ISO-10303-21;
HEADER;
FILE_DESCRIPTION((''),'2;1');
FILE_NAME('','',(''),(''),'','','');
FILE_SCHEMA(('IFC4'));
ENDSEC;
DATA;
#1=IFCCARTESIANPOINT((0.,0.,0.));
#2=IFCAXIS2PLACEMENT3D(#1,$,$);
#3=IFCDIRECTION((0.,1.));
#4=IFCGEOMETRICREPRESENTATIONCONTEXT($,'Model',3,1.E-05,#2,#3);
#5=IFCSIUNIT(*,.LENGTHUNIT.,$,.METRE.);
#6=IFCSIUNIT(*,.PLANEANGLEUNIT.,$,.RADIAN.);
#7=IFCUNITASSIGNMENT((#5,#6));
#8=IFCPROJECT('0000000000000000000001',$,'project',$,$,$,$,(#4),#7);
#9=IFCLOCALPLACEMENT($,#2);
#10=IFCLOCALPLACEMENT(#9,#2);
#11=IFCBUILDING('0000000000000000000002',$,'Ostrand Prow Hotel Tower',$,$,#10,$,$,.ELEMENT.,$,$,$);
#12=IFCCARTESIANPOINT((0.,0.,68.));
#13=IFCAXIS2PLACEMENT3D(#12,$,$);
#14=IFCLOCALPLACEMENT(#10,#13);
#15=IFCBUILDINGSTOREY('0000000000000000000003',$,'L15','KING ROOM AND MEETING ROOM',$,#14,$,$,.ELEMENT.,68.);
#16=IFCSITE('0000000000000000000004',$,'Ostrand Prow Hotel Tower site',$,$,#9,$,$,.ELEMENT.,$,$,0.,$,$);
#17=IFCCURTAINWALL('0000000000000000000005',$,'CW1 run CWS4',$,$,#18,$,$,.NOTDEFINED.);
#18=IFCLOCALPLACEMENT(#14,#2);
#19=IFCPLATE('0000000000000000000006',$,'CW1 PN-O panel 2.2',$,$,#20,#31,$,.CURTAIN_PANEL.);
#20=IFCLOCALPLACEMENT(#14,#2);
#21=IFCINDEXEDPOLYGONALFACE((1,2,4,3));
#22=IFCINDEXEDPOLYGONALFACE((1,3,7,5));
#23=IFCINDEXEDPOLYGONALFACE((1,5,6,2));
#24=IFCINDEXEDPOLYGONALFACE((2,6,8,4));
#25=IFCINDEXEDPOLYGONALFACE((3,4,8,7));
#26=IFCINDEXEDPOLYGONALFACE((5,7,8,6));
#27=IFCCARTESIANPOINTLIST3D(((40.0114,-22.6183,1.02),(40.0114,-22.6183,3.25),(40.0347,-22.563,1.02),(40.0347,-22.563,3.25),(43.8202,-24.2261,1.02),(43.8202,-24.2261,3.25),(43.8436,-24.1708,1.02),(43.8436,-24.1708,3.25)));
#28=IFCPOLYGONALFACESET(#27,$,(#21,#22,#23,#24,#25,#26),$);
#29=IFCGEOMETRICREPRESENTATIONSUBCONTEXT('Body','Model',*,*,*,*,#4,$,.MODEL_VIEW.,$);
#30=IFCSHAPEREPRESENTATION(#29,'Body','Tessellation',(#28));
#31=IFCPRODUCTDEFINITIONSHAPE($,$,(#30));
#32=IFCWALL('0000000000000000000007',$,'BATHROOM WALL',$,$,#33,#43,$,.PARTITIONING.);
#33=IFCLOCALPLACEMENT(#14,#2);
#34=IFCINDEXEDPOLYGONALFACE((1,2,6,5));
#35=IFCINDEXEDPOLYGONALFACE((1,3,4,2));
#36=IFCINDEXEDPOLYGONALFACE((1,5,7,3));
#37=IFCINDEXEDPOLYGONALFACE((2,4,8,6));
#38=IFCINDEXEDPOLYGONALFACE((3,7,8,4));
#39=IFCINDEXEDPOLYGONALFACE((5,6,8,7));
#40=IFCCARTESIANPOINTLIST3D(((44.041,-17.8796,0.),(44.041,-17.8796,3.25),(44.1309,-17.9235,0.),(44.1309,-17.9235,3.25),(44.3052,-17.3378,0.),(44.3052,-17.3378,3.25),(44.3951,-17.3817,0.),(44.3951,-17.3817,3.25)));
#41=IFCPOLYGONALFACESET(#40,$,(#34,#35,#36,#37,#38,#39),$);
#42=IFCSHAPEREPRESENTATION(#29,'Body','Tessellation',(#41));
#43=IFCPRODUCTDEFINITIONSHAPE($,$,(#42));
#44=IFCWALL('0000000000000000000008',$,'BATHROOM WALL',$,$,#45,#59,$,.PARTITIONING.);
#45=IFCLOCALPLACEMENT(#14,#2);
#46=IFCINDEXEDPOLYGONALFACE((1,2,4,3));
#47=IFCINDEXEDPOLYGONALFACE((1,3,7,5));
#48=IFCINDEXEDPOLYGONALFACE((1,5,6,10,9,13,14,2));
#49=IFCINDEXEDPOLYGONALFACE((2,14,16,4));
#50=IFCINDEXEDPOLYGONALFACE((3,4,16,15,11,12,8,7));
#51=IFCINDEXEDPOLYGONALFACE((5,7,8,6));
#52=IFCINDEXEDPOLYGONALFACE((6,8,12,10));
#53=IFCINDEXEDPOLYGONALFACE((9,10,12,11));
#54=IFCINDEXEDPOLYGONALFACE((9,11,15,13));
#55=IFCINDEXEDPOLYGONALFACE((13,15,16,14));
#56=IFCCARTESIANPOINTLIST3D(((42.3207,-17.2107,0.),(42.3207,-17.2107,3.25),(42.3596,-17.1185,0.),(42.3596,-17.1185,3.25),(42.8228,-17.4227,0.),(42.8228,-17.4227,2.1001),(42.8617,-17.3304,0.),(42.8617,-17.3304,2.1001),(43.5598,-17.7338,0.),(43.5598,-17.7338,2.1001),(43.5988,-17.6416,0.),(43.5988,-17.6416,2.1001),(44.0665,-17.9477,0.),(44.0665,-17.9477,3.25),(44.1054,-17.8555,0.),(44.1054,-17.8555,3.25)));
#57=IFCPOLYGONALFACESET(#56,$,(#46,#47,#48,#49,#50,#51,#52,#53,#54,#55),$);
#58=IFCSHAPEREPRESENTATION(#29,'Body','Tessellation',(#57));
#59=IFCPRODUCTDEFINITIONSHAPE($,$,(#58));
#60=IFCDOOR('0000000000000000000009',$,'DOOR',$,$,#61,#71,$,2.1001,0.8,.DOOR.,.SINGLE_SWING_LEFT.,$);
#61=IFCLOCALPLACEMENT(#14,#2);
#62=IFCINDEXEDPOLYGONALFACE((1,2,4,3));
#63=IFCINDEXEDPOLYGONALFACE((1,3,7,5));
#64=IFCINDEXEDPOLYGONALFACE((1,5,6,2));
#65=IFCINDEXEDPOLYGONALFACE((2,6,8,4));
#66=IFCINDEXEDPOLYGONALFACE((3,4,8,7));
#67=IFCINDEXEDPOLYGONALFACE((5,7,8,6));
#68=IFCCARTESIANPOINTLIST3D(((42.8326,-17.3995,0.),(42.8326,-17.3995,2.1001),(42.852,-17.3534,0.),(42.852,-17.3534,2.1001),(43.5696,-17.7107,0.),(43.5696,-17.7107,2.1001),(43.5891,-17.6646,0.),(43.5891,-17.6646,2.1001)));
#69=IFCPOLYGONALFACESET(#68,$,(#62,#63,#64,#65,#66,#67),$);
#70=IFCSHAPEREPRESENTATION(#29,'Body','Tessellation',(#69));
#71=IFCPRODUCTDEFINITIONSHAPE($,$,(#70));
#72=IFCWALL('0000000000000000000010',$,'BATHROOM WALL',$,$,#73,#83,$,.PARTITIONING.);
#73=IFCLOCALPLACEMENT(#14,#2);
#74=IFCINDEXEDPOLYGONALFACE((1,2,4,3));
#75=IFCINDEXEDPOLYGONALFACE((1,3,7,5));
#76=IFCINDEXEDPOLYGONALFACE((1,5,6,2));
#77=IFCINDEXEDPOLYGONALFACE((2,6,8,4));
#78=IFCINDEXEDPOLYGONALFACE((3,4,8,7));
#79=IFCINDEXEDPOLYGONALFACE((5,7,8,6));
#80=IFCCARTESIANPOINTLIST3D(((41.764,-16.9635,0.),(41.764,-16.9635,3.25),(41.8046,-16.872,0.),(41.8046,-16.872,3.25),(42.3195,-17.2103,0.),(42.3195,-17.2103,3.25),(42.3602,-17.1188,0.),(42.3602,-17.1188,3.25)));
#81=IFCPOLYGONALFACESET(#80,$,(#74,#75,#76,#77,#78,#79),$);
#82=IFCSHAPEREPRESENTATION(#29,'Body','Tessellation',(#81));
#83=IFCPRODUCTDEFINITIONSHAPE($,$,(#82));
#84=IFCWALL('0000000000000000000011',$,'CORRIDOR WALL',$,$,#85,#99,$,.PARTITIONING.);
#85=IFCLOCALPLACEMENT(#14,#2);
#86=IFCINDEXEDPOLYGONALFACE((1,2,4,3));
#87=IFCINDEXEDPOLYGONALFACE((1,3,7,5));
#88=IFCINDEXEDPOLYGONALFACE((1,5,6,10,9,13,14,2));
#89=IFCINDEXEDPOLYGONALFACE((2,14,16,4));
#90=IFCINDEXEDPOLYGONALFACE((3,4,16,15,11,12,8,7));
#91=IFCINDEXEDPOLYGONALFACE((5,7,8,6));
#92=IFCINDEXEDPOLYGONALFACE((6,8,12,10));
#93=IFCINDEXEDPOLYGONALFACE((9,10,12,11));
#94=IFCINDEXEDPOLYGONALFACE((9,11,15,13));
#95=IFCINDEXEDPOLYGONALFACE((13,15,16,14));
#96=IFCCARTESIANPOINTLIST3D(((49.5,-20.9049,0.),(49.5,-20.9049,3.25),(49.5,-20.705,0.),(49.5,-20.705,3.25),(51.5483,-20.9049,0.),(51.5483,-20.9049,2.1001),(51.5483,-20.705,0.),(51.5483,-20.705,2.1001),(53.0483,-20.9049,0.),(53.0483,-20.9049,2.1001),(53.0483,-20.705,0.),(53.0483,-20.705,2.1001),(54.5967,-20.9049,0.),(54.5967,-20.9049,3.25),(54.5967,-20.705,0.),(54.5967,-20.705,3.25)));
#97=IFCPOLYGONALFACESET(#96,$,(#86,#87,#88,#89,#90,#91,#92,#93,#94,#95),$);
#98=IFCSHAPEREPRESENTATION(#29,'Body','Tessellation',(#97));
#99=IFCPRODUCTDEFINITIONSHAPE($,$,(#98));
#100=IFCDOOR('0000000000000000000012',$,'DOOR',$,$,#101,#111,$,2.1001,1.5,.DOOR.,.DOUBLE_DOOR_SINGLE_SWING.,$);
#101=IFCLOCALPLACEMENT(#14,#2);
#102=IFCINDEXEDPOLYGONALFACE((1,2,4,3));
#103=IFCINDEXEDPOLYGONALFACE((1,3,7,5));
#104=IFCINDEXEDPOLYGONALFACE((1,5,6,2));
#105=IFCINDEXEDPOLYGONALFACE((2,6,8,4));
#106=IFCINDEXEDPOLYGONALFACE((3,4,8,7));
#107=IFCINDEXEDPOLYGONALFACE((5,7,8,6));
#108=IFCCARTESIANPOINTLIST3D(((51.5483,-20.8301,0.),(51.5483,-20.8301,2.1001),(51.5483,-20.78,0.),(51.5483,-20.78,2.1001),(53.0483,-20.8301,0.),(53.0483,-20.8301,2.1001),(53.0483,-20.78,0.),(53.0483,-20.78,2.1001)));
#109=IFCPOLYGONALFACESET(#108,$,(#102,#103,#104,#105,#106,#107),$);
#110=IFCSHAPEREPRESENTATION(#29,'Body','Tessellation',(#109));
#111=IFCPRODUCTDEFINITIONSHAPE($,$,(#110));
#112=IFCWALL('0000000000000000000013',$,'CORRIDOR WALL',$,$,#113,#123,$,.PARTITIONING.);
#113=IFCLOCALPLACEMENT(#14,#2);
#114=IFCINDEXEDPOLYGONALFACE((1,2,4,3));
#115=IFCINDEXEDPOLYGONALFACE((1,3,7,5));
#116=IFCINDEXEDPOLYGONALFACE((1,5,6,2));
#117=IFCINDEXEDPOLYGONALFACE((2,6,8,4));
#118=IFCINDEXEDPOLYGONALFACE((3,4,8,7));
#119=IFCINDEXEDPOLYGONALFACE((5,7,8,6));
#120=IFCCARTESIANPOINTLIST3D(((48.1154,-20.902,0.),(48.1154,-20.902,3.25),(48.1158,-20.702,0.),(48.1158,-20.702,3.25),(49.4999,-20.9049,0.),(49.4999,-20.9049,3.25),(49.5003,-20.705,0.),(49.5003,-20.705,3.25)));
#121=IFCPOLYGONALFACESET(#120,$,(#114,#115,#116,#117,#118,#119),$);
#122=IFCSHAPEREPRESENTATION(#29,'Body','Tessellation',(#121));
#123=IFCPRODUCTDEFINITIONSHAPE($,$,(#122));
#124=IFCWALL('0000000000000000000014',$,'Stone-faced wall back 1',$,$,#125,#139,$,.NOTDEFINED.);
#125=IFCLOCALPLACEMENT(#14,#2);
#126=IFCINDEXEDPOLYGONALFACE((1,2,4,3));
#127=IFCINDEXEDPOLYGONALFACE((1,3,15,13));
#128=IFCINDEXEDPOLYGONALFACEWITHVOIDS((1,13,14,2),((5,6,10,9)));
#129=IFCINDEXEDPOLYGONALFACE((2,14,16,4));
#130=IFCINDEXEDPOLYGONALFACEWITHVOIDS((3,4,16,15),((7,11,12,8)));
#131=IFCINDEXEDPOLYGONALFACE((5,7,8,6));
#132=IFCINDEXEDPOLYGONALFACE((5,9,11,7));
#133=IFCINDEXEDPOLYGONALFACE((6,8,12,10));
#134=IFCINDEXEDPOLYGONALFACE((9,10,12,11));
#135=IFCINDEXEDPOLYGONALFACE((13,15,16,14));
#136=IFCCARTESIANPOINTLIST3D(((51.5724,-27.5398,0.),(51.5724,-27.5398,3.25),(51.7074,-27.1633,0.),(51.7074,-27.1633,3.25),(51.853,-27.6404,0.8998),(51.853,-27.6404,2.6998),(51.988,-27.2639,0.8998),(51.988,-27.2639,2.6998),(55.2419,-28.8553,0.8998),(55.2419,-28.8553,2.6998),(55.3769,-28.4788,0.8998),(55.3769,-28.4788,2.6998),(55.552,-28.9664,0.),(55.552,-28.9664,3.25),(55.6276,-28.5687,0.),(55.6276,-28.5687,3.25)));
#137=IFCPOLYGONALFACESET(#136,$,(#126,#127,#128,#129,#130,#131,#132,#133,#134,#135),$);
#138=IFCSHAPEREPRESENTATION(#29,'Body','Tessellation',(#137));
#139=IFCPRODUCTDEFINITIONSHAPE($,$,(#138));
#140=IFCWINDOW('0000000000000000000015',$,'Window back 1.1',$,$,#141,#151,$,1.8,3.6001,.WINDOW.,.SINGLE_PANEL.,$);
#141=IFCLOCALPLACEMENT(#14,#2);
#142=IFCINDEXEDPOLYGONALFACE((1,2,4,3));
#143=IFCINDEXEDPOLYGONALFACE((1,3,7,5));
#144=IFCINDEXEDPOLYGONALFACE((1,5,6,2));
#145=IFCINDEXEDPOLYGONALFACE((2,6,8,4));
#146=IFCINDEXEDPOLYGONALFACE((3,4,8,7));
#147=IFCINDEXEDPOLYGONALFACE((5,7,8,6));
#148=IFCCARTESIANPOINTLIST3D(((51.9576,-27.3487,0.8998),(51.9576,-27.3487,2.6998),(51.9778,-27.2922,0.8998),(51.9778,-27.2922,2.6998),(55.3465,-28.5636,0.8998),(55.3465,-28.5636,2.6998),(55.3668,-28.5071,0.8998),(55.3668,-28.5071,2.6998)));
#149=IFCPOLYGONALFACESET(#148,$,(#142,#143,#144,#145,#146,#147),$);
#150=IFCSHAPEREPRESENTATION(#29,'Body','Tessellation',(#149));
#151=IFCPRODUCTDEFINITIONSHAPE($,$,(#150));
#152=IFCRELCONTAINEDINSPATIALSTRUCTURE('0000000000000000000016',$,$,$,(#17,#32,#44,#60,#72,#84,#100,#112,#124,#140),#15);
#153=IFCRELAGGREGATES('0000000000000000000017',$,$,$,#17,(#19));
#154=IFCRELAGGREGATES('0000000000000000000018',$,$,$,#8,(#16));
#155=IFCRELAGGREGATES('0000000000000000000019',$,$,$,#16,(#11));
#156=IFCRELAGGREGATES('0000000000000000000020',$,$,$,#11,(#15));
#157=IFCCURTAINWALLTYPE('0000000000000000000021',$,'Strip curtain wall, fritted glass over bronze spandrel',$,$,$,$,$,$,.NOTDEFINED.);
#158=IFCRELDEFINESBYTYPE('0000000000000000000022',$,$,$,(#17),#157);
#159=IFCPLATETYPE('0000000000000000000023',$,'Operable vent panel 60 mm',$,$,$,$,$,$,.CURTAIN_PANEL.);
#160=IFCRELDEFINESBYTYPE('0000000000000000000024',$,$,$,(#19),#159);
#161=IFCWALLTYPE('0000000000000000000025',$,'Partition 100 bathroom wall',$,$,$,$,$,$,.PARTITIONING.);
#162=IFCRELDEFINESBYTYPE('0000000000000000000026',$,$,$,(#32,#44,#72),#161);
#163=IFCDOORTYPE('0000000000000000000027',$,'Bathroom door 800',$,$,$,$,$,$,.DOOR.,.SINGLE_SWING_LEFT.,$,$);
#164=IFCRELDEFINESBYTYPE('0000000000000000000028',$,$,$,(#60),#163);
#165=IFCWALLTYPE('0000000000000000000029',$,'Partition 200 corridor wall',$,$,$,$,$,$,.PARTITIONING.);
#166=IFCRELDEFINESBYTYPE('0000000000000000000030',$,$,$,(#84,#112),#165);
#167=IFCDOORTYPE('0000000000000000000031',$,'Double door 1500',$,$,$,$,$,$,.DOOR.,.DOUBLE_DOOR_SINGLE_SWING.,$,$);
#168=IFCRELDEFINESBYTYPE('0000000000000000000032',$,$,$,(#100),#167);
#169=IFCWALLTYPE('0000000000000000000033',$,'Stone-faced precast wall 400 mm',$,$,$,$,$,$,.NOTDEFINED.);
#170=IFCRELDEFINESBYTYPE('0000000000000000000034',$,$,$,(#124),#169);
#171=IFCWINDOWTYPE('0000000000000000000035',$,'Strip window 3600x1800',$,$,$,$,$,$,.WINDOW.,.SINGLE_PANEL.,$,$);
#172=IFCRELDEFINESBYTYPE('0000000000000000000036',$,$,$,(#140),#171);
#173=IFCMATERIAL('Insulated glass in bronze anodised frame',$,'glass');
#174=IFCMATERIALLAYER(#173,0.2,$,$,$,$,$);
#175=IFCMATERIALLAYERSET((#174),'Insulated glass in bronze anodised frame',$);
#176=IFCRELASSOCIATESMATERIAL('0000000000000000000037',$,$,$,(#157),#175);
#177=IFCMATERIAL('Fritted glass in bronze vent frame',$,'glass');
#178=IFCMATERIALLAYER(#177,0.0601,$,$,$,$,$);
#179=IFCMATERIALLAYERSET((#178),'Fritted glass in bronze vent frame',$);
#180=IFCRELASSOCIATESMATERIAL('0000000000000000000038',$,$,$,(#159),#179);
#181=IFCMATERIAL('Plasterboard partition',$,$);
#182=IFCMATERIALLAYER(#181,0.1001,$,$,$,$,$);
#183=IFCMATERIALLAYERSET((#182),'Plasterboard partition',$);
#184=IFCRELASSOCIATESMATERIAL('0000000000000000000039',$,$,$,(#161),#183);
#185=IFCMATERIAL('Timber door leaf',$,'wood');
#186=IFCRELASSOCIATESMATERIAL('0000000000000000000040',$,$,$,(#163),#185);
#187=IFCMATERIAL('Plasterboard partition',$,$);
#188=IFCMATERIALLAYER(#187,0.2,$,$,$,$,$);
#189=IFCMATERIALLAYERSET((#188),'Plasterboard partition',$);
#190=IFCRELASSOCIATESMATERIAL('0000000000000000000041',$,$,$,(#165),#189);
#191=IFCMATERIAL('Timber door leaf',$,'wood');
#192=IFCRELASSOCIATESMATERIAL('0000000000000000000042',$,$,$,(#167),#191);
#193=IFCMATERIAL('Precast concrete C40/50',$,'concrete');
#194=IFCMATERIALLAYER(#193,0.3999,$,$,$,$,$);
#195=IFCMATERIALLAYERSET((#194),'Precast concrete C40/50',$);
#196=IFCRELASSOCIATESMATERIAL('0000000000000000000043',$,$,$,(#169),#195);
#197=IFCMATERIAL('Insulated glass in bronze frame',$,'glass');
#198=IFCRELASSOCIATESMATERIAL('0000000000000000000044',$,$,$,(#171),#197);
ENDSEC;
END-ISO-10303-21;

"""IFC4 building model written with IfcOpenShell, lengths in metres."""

from ifc_helpers import new_model, si_unit, direction, frame, frame_2d, origin, origin_2d, place, context, subcontext, project, spatial, polyline, rectangle, outline, extrude, material, layer, layer_set, type_object, element, fill, aggregate, save


model = new_model("IFC4")

# Units and contexts
model_context = context("Model", 3, precision=1e-05, world=origin(), true_north=direction((0.0, 1.0)))
body_context = subcontext(model_context, "Body", "Model", "MODEL_VIEW")
ifc_project = project(units=[si_unit("LENGTHUNIT", "METRE"), si_unit("PLANEANGLEUNIT", "RADIAN")], contexts=[model_context])

# Site, building, storey
site_placement = place(None, origin())
site = spatial("IfcSite", under=ifc_project, at=site_placement, Name="Ostrand Prow Hotel Tower site", CompositionType="ELEMENT", RefElevation=0.0)
building_placement = place(site_placement, origin())
building = spatial("IfcBuilding", under=site, at=building_placement, Name="Ostrand Prow Hotel Tower", CompositionType="ELEMENT")
storey_placement = place(building_placement, frame((0.0, 0.0, 68.0)))
storey = spatial("IfcBuildingStorey", under=building, at=storey_placement, Name="L15", Description="KING ROOM AND MEETING ROOM", CompositionType="ELEMENT", Elevation=68.0)

# Curtain wall
ifc_material_1 = material(Name="Insulated glass in bronze anodised frame", Category="glass")
ifc_layer_1 = layer(ifc_material_1, 0.2)
ifc_layer_set_1 = layer_set([ifc_layer_1], Name="Insulated glass in bronze anodised frame")
curtain_wall_type = type_object("IfcCurtainWallType", Name="Strip curtain wall, fritted glass over bronze spandrel", PredefinedType="NOTDEFINED", material=ifc_layer_set_1)
curtain_wall_1_placement = place(storey_placement, origin())
curtain_wall_1 = element("IfcCurtainWall", 1, at=curtain_wall_1_placement, inside=storey, type_object=curtain_wall_type, Name="CW1 run CWS4", PredefinedType="NOTDEFINED")

# Plate
ifc_material_2 = material(Name="Fritted glass in bronze vent frame", Category="glass")
ifc_layer_2 = layer(ifc_material_2, 0.0601)
ifc_layer_set_2 = layer_set([ifc_layer_2], Name="Fritted glass in bronze vent frame")
plate_type_1 = type_object("IfcPlateType", Name="Operable vent panel 60 mm", PredefinedType="CURTAIN_PANEL", material=ifc_layer_set_2)
plate_1_placement = place(storey_placement, frame((41.9275, -23.3945, 1.02), z_axis=(0.0, 0.0, 1.0), x_axis=(0.921283, -0.388892, 0.0)))
plate_1 = element("IfcPlate", 2, at=plate_1_placement, type_object=plate_type_1, Name="CW1 PN-O panel 2.2", PredefinedType="CURTAIN_PANEL", context=body_context, shape_type="SweptSolid", body=[
    extrude(rectangle(XDim=4.1343, YDim=0.0601, at=origin_2d()), origin(), (0.0, 0.0, 1.0), 2.23),
])
aggregate(curtain_wall_1, [plate_1])

# Wall
ifc_material_3 = material(Name="Plasterboard partition")
ifc_layer_3 = layer(ifc_material_3, 0.1001)
ifc_layer_set_3 = layer_set([ifc_layer_3], Name="Plasterboard partition")
wall_type_1 = type_object("IfcWallType", Name="Partition 100 bathroom wall", PredefinedType="PARTITIONING", material=ifc_layer_set_3)
wall_1_placement = place(storey_placement, frame((44.3501, -17.3599, 0.0), z_axis=(0.0, 0.0, 1.0), x_axis=(-0.43828, -0.898839, 0.0)))
element("IfcWall", 3, at=wall_1_placement, inside=storey, type_object=wall_type_1, Name="BATHROOM WALL", PredefinedType="PARTITIONING", context=body_context, shape_type="SweptSolid", body=[
    extrude(rectangle(XDim=0.6028, YDim=0.1001, at=frame_2d((0.3013, 0.0))), origin(), (0.0, 0.0, 1.0), 3.25),
])

# Wall, opening, door
wall_2_placement = place(storey_placement, frame((44.0859, -17.9016, 0.0), z_axis=(0.0, 0.0, 1.0), x_axis=(-0.921264, 0.388938, 0.0)))
wall_2 = element("IfcWall", 4, at=wall_2_placement, inside=storey, type_object=wall_type_1, Name="BATHROOM WALL", PredefinedType="PARTITIONING", context=body_context, shape_type="SweptSolid", body=[
    extrude(rectangle(XDim=1.895, YDim=0.1001, at=frame_2d((0.9475, 0.0))), origin(), (0.0, 0.0, 1.0), 3.25),
])
opening_1_placement = place(wall_2_placement, frame((0.55, 0.0, 0.0)))
opening_1 = element("IfcOpeningElement", 5, at=opening_1_placement, cuts=wall_2, PredefinedType="OPENING", context=body_context, shape_type="SweptSolid", body=[
    extrude(rectangle(XDim=0.8, YDim=2.1001, at=frame_2d((0.3999, 1.05))), frame((0.0, 0.0601, 0.0), z_axis=(0.0, -1.0, 0.0), x_axis=(1.0, 0.0, 0.0)), (0.0, 0.0, 1.0), 0.1201),
])
ifc_material_4 = material(Name="Timber door leaf", Category="wood")
door_type_1 = type_object("IfcDoorType", Name="Bathroom door 800", OperationType="SINGLE_SWING_LEFT", PredefinedType="DOOR", material=ifc_material_4)
door_1_placement = place(opening_1_placement, origin())
door_1 = element("IfcDoor", 6, at=door_1_placement, inside=storey, type_object=door_type_1, Name="DOOR", OperationType="SINGLE_SWING_LEFT", OverallHeight=2.1001, OverallWidth=0.8, PredefinedType="DOOR", context=body_context, shape_type="SweptSolid", body=[
    extrude(rectangle(XDim=0.8, YDim=2.1001, at=frame_2d((0.3999, 1.05))), frame((0.0, 0.0249, 0.0), z_axis=(0.0, -1.0, 0.0), x_axis=(1.0, 0.0, 0.0)), (0.0, 0.0, 1.0), 0.05),
])
fill(opening_1, door_1)

# Wall
wall_3_placement = place(storey_placement, frame((42.3398, -17.1646, 0.0), z_axis=(0.0, 0.0, 1.0), x_axis=(-0.913894, 0.405952, 0.0)))
element("IfcWall", 7, at=wall_3_placement, inside=storey, type_object=wall_type_1, Name="BATHROOM WALL", PredefinedType="PARTITIONING", context=body_context, shape_type="SweptSolid", body=[
    extrude(rectangle(XDim=0.6079, YDim=0.1001, at=frame_2d((0.304, 0.0))), origin(), (0.0, 0.0, 1.0), 3.25),
])

# Wall, opening, door
ifc_material_5 = material(Name="Plasterboard partition")
ifc_layer_4 = layer(ifc_material_5, 0.2)
ifc_layer_set_4 = layer_set([ifc_layer_4], Name="Plasterboard partition")
wall_type_2 = type_object("IfcWallType", Name="Partition 200 corridor wall", PredefinedType="PARTITIONING", material=ifc_layer_set_4)
wall_4_placement = place(storey_placement, frame((49.5, -20.8049, 0.0), z_axis=(0.0, 0.0, 1.0), x_axis=(1.0, 0.0, 0.0)))
wall_4 = element("IfcWall", 8, at=wall_4_placement, inside=storey, type_object=wall_type_2, Name="CORRIDOR WALL", PredefinedType="PARTITIONING", context=body_context, shape_type="SweptSolid", body=[
    extrude(rectangle(XDim=5.0967, YDim=0.2, at=frame_2d((2.5483, 0.0))), origin(), (0.0, 0.0, 1.0), 3.25),
])
opening_2_placement = place(wall_4_placement, frame((2.0483, 0.0, 0.0)))
opening_2 = element("IfcOpeningElement", 9, at=opening_2_placement, cuts=wall_4, PredefinedType="OPENING", context=body_context, shape_type="SweptSolid", body=[
    extrude(rectangle(XDim=1.5, YDim=2.1001, at=frame_2d((0.75, 1.05))), frame((0.0, 0.1099, 0.0), z_axis=(0.0, -1.0, 0.0), x_axis=(1.0, 0.0, 0.0)), (0.0, 0.0, 1.0), 0.22),
])
ifc_material_6 = material(Name="Timber door leaf", Category="wood")
door_type_2 = type_object("IfcDoorType", Name="Double door 1500", OperationType="DOUBLE_DOOR_SINGLE_SWING", PredefinedType="DOOR", material=ifc_material_6)
door_2_placement = place(opening_2_placement, origin())
door_2 = element("IfcDoor", 10, at=door_2_placement, inside=storey, type_object=door_type_2, Name="DOOR", OperationType="DOUBLE_DOOR_SINGLE_SWING", OverallHeight=2.1001, OverallWidth=1.5, PredefinedType="DOOR", context=body_context, shape_type="SweptSolid", body=[
    extrude(rectangle(XDim=1.5, YDim=2.1001, at=frame_2d((0.75, 1.05))), frame((0.0, 0.0249, 0.0), z_axis=(0.0, -1.0, 0.0), x_axis=(1.0, 0.0, 0.0)), (0.0, 0.0, 1.0), 0.05),
])
fill(opening_2, door_2)

# Wall
wall_5_placement = place(storey_placement, frame((48.1155, -20.802, 0.0), z_axis=(0.0, 0.0, 1.0), x_axis=(0.999998, -0.002116, 0.0)))
element("IfcWall", 11, at=wall_5_placement, inside=storey, type_object=wall_type_2, Name="CORRIDOR WALL", PredefinedType="PARTITIONING", context=body_context, shape_type="SweptSolid", body=[
    extrude(rectangle(XDim=1.3845, YDim=0.2, at=frame_2d((0.6924, 0.0))), origin(), (0.0, 0.0, 1.0), 3.25),
])

# Wall, opening, window
ifc_material_7 = material(Name="Precast concrete C40/50", Category="concrete")
ifc_layer_5 = layer(ifc_material_7, 0.3999)
ifc_layer_set_5 = layer_set([ifc_layer_5], Name="Precast concrete C40/50")
wall_type_3 = type_object("IfcWallType", Name="Stone-faced precast wall 400 mm", PredefinedType="NOTDEFINED", material=ifc_layer_set_5)
wall_6_placement = place(storey_placement, frame((51.6399, -27.3516, 0.0), z_axis=(0.0, 0.0, 1.0), x_axis=(0.94134, -0.33746, 0.0)))
wall_6 = element("IfcWall", 12, at=wall_6_placement, inside=storey, type_object=wall_type_3, Name="Stone-faced wall back 1", PredefinedType="NOTDEFINED", context=body_context, shape_type="SweptSolid", body=[
    extrude(outline(polyline([(0.0, -0.2), (4.2275, -0.2), (4.1646, 0.2), (0.0, 0.2), (0.0, -0.2)])), origin(), (0.0, 0.0, 1.0), 3.25),
])
opening_3_placement = place(wall_6_placement, frame((0.2981, 0.0, 0.8999)))
opening_3 = element("IfcOpeningElement", 13, at=opening_3_placement, cuts=wall_6, PredefinedType="OPENING", context=body_context, shape_type="SweptSolid", body=[
    extrude(rectangle(XDim=3.6001, YDim=1.8, at=frame_2d((1.8, 0.8999))), frame((0.0, 0.21, 0.0), z_axis=(0.0, -1.0, 0.0), x_axis=(1.0, 0.0, 0.0)), (0.0, 0.0, 1.0), 0.4199),
])
ifc_material_8 = material(Name="Insulated glass in bronze frame", Category="glass")
window_type = type_object("IfcWindowType", Name="Strip window 3600x1800", PartitioningType="SINGLE_PANEL", PredefinedType="WINDOW", material=ifc_material_8)
window_placement = place(opening_3_placement, origin())
window = element("IfcWindow", 14, at=window_placement, inside=storey, type_object=window_type, Name="Window back 1.1", OverallHeight=1.8, OverallWidth=3.6001, PartitioningType="SINGLE_PANEL", PredefinedType="WINDOW", context=body_context, shape_type="SweptSolid", body=[
    extrude(rectangle(XDim=3.6001, YDim=1.8, at=frame_2d((1.8, 0.8999))), frame((0.0, 0.1699, 0.0), z_axis=(0.0, -1.0, 0.0), x_axis=(1.0, 0.0, 0.0)), (0.0, 0.0, 1.0), 0.0601),
])
fill(opening_3, window)

save(model, "model.ifc")
